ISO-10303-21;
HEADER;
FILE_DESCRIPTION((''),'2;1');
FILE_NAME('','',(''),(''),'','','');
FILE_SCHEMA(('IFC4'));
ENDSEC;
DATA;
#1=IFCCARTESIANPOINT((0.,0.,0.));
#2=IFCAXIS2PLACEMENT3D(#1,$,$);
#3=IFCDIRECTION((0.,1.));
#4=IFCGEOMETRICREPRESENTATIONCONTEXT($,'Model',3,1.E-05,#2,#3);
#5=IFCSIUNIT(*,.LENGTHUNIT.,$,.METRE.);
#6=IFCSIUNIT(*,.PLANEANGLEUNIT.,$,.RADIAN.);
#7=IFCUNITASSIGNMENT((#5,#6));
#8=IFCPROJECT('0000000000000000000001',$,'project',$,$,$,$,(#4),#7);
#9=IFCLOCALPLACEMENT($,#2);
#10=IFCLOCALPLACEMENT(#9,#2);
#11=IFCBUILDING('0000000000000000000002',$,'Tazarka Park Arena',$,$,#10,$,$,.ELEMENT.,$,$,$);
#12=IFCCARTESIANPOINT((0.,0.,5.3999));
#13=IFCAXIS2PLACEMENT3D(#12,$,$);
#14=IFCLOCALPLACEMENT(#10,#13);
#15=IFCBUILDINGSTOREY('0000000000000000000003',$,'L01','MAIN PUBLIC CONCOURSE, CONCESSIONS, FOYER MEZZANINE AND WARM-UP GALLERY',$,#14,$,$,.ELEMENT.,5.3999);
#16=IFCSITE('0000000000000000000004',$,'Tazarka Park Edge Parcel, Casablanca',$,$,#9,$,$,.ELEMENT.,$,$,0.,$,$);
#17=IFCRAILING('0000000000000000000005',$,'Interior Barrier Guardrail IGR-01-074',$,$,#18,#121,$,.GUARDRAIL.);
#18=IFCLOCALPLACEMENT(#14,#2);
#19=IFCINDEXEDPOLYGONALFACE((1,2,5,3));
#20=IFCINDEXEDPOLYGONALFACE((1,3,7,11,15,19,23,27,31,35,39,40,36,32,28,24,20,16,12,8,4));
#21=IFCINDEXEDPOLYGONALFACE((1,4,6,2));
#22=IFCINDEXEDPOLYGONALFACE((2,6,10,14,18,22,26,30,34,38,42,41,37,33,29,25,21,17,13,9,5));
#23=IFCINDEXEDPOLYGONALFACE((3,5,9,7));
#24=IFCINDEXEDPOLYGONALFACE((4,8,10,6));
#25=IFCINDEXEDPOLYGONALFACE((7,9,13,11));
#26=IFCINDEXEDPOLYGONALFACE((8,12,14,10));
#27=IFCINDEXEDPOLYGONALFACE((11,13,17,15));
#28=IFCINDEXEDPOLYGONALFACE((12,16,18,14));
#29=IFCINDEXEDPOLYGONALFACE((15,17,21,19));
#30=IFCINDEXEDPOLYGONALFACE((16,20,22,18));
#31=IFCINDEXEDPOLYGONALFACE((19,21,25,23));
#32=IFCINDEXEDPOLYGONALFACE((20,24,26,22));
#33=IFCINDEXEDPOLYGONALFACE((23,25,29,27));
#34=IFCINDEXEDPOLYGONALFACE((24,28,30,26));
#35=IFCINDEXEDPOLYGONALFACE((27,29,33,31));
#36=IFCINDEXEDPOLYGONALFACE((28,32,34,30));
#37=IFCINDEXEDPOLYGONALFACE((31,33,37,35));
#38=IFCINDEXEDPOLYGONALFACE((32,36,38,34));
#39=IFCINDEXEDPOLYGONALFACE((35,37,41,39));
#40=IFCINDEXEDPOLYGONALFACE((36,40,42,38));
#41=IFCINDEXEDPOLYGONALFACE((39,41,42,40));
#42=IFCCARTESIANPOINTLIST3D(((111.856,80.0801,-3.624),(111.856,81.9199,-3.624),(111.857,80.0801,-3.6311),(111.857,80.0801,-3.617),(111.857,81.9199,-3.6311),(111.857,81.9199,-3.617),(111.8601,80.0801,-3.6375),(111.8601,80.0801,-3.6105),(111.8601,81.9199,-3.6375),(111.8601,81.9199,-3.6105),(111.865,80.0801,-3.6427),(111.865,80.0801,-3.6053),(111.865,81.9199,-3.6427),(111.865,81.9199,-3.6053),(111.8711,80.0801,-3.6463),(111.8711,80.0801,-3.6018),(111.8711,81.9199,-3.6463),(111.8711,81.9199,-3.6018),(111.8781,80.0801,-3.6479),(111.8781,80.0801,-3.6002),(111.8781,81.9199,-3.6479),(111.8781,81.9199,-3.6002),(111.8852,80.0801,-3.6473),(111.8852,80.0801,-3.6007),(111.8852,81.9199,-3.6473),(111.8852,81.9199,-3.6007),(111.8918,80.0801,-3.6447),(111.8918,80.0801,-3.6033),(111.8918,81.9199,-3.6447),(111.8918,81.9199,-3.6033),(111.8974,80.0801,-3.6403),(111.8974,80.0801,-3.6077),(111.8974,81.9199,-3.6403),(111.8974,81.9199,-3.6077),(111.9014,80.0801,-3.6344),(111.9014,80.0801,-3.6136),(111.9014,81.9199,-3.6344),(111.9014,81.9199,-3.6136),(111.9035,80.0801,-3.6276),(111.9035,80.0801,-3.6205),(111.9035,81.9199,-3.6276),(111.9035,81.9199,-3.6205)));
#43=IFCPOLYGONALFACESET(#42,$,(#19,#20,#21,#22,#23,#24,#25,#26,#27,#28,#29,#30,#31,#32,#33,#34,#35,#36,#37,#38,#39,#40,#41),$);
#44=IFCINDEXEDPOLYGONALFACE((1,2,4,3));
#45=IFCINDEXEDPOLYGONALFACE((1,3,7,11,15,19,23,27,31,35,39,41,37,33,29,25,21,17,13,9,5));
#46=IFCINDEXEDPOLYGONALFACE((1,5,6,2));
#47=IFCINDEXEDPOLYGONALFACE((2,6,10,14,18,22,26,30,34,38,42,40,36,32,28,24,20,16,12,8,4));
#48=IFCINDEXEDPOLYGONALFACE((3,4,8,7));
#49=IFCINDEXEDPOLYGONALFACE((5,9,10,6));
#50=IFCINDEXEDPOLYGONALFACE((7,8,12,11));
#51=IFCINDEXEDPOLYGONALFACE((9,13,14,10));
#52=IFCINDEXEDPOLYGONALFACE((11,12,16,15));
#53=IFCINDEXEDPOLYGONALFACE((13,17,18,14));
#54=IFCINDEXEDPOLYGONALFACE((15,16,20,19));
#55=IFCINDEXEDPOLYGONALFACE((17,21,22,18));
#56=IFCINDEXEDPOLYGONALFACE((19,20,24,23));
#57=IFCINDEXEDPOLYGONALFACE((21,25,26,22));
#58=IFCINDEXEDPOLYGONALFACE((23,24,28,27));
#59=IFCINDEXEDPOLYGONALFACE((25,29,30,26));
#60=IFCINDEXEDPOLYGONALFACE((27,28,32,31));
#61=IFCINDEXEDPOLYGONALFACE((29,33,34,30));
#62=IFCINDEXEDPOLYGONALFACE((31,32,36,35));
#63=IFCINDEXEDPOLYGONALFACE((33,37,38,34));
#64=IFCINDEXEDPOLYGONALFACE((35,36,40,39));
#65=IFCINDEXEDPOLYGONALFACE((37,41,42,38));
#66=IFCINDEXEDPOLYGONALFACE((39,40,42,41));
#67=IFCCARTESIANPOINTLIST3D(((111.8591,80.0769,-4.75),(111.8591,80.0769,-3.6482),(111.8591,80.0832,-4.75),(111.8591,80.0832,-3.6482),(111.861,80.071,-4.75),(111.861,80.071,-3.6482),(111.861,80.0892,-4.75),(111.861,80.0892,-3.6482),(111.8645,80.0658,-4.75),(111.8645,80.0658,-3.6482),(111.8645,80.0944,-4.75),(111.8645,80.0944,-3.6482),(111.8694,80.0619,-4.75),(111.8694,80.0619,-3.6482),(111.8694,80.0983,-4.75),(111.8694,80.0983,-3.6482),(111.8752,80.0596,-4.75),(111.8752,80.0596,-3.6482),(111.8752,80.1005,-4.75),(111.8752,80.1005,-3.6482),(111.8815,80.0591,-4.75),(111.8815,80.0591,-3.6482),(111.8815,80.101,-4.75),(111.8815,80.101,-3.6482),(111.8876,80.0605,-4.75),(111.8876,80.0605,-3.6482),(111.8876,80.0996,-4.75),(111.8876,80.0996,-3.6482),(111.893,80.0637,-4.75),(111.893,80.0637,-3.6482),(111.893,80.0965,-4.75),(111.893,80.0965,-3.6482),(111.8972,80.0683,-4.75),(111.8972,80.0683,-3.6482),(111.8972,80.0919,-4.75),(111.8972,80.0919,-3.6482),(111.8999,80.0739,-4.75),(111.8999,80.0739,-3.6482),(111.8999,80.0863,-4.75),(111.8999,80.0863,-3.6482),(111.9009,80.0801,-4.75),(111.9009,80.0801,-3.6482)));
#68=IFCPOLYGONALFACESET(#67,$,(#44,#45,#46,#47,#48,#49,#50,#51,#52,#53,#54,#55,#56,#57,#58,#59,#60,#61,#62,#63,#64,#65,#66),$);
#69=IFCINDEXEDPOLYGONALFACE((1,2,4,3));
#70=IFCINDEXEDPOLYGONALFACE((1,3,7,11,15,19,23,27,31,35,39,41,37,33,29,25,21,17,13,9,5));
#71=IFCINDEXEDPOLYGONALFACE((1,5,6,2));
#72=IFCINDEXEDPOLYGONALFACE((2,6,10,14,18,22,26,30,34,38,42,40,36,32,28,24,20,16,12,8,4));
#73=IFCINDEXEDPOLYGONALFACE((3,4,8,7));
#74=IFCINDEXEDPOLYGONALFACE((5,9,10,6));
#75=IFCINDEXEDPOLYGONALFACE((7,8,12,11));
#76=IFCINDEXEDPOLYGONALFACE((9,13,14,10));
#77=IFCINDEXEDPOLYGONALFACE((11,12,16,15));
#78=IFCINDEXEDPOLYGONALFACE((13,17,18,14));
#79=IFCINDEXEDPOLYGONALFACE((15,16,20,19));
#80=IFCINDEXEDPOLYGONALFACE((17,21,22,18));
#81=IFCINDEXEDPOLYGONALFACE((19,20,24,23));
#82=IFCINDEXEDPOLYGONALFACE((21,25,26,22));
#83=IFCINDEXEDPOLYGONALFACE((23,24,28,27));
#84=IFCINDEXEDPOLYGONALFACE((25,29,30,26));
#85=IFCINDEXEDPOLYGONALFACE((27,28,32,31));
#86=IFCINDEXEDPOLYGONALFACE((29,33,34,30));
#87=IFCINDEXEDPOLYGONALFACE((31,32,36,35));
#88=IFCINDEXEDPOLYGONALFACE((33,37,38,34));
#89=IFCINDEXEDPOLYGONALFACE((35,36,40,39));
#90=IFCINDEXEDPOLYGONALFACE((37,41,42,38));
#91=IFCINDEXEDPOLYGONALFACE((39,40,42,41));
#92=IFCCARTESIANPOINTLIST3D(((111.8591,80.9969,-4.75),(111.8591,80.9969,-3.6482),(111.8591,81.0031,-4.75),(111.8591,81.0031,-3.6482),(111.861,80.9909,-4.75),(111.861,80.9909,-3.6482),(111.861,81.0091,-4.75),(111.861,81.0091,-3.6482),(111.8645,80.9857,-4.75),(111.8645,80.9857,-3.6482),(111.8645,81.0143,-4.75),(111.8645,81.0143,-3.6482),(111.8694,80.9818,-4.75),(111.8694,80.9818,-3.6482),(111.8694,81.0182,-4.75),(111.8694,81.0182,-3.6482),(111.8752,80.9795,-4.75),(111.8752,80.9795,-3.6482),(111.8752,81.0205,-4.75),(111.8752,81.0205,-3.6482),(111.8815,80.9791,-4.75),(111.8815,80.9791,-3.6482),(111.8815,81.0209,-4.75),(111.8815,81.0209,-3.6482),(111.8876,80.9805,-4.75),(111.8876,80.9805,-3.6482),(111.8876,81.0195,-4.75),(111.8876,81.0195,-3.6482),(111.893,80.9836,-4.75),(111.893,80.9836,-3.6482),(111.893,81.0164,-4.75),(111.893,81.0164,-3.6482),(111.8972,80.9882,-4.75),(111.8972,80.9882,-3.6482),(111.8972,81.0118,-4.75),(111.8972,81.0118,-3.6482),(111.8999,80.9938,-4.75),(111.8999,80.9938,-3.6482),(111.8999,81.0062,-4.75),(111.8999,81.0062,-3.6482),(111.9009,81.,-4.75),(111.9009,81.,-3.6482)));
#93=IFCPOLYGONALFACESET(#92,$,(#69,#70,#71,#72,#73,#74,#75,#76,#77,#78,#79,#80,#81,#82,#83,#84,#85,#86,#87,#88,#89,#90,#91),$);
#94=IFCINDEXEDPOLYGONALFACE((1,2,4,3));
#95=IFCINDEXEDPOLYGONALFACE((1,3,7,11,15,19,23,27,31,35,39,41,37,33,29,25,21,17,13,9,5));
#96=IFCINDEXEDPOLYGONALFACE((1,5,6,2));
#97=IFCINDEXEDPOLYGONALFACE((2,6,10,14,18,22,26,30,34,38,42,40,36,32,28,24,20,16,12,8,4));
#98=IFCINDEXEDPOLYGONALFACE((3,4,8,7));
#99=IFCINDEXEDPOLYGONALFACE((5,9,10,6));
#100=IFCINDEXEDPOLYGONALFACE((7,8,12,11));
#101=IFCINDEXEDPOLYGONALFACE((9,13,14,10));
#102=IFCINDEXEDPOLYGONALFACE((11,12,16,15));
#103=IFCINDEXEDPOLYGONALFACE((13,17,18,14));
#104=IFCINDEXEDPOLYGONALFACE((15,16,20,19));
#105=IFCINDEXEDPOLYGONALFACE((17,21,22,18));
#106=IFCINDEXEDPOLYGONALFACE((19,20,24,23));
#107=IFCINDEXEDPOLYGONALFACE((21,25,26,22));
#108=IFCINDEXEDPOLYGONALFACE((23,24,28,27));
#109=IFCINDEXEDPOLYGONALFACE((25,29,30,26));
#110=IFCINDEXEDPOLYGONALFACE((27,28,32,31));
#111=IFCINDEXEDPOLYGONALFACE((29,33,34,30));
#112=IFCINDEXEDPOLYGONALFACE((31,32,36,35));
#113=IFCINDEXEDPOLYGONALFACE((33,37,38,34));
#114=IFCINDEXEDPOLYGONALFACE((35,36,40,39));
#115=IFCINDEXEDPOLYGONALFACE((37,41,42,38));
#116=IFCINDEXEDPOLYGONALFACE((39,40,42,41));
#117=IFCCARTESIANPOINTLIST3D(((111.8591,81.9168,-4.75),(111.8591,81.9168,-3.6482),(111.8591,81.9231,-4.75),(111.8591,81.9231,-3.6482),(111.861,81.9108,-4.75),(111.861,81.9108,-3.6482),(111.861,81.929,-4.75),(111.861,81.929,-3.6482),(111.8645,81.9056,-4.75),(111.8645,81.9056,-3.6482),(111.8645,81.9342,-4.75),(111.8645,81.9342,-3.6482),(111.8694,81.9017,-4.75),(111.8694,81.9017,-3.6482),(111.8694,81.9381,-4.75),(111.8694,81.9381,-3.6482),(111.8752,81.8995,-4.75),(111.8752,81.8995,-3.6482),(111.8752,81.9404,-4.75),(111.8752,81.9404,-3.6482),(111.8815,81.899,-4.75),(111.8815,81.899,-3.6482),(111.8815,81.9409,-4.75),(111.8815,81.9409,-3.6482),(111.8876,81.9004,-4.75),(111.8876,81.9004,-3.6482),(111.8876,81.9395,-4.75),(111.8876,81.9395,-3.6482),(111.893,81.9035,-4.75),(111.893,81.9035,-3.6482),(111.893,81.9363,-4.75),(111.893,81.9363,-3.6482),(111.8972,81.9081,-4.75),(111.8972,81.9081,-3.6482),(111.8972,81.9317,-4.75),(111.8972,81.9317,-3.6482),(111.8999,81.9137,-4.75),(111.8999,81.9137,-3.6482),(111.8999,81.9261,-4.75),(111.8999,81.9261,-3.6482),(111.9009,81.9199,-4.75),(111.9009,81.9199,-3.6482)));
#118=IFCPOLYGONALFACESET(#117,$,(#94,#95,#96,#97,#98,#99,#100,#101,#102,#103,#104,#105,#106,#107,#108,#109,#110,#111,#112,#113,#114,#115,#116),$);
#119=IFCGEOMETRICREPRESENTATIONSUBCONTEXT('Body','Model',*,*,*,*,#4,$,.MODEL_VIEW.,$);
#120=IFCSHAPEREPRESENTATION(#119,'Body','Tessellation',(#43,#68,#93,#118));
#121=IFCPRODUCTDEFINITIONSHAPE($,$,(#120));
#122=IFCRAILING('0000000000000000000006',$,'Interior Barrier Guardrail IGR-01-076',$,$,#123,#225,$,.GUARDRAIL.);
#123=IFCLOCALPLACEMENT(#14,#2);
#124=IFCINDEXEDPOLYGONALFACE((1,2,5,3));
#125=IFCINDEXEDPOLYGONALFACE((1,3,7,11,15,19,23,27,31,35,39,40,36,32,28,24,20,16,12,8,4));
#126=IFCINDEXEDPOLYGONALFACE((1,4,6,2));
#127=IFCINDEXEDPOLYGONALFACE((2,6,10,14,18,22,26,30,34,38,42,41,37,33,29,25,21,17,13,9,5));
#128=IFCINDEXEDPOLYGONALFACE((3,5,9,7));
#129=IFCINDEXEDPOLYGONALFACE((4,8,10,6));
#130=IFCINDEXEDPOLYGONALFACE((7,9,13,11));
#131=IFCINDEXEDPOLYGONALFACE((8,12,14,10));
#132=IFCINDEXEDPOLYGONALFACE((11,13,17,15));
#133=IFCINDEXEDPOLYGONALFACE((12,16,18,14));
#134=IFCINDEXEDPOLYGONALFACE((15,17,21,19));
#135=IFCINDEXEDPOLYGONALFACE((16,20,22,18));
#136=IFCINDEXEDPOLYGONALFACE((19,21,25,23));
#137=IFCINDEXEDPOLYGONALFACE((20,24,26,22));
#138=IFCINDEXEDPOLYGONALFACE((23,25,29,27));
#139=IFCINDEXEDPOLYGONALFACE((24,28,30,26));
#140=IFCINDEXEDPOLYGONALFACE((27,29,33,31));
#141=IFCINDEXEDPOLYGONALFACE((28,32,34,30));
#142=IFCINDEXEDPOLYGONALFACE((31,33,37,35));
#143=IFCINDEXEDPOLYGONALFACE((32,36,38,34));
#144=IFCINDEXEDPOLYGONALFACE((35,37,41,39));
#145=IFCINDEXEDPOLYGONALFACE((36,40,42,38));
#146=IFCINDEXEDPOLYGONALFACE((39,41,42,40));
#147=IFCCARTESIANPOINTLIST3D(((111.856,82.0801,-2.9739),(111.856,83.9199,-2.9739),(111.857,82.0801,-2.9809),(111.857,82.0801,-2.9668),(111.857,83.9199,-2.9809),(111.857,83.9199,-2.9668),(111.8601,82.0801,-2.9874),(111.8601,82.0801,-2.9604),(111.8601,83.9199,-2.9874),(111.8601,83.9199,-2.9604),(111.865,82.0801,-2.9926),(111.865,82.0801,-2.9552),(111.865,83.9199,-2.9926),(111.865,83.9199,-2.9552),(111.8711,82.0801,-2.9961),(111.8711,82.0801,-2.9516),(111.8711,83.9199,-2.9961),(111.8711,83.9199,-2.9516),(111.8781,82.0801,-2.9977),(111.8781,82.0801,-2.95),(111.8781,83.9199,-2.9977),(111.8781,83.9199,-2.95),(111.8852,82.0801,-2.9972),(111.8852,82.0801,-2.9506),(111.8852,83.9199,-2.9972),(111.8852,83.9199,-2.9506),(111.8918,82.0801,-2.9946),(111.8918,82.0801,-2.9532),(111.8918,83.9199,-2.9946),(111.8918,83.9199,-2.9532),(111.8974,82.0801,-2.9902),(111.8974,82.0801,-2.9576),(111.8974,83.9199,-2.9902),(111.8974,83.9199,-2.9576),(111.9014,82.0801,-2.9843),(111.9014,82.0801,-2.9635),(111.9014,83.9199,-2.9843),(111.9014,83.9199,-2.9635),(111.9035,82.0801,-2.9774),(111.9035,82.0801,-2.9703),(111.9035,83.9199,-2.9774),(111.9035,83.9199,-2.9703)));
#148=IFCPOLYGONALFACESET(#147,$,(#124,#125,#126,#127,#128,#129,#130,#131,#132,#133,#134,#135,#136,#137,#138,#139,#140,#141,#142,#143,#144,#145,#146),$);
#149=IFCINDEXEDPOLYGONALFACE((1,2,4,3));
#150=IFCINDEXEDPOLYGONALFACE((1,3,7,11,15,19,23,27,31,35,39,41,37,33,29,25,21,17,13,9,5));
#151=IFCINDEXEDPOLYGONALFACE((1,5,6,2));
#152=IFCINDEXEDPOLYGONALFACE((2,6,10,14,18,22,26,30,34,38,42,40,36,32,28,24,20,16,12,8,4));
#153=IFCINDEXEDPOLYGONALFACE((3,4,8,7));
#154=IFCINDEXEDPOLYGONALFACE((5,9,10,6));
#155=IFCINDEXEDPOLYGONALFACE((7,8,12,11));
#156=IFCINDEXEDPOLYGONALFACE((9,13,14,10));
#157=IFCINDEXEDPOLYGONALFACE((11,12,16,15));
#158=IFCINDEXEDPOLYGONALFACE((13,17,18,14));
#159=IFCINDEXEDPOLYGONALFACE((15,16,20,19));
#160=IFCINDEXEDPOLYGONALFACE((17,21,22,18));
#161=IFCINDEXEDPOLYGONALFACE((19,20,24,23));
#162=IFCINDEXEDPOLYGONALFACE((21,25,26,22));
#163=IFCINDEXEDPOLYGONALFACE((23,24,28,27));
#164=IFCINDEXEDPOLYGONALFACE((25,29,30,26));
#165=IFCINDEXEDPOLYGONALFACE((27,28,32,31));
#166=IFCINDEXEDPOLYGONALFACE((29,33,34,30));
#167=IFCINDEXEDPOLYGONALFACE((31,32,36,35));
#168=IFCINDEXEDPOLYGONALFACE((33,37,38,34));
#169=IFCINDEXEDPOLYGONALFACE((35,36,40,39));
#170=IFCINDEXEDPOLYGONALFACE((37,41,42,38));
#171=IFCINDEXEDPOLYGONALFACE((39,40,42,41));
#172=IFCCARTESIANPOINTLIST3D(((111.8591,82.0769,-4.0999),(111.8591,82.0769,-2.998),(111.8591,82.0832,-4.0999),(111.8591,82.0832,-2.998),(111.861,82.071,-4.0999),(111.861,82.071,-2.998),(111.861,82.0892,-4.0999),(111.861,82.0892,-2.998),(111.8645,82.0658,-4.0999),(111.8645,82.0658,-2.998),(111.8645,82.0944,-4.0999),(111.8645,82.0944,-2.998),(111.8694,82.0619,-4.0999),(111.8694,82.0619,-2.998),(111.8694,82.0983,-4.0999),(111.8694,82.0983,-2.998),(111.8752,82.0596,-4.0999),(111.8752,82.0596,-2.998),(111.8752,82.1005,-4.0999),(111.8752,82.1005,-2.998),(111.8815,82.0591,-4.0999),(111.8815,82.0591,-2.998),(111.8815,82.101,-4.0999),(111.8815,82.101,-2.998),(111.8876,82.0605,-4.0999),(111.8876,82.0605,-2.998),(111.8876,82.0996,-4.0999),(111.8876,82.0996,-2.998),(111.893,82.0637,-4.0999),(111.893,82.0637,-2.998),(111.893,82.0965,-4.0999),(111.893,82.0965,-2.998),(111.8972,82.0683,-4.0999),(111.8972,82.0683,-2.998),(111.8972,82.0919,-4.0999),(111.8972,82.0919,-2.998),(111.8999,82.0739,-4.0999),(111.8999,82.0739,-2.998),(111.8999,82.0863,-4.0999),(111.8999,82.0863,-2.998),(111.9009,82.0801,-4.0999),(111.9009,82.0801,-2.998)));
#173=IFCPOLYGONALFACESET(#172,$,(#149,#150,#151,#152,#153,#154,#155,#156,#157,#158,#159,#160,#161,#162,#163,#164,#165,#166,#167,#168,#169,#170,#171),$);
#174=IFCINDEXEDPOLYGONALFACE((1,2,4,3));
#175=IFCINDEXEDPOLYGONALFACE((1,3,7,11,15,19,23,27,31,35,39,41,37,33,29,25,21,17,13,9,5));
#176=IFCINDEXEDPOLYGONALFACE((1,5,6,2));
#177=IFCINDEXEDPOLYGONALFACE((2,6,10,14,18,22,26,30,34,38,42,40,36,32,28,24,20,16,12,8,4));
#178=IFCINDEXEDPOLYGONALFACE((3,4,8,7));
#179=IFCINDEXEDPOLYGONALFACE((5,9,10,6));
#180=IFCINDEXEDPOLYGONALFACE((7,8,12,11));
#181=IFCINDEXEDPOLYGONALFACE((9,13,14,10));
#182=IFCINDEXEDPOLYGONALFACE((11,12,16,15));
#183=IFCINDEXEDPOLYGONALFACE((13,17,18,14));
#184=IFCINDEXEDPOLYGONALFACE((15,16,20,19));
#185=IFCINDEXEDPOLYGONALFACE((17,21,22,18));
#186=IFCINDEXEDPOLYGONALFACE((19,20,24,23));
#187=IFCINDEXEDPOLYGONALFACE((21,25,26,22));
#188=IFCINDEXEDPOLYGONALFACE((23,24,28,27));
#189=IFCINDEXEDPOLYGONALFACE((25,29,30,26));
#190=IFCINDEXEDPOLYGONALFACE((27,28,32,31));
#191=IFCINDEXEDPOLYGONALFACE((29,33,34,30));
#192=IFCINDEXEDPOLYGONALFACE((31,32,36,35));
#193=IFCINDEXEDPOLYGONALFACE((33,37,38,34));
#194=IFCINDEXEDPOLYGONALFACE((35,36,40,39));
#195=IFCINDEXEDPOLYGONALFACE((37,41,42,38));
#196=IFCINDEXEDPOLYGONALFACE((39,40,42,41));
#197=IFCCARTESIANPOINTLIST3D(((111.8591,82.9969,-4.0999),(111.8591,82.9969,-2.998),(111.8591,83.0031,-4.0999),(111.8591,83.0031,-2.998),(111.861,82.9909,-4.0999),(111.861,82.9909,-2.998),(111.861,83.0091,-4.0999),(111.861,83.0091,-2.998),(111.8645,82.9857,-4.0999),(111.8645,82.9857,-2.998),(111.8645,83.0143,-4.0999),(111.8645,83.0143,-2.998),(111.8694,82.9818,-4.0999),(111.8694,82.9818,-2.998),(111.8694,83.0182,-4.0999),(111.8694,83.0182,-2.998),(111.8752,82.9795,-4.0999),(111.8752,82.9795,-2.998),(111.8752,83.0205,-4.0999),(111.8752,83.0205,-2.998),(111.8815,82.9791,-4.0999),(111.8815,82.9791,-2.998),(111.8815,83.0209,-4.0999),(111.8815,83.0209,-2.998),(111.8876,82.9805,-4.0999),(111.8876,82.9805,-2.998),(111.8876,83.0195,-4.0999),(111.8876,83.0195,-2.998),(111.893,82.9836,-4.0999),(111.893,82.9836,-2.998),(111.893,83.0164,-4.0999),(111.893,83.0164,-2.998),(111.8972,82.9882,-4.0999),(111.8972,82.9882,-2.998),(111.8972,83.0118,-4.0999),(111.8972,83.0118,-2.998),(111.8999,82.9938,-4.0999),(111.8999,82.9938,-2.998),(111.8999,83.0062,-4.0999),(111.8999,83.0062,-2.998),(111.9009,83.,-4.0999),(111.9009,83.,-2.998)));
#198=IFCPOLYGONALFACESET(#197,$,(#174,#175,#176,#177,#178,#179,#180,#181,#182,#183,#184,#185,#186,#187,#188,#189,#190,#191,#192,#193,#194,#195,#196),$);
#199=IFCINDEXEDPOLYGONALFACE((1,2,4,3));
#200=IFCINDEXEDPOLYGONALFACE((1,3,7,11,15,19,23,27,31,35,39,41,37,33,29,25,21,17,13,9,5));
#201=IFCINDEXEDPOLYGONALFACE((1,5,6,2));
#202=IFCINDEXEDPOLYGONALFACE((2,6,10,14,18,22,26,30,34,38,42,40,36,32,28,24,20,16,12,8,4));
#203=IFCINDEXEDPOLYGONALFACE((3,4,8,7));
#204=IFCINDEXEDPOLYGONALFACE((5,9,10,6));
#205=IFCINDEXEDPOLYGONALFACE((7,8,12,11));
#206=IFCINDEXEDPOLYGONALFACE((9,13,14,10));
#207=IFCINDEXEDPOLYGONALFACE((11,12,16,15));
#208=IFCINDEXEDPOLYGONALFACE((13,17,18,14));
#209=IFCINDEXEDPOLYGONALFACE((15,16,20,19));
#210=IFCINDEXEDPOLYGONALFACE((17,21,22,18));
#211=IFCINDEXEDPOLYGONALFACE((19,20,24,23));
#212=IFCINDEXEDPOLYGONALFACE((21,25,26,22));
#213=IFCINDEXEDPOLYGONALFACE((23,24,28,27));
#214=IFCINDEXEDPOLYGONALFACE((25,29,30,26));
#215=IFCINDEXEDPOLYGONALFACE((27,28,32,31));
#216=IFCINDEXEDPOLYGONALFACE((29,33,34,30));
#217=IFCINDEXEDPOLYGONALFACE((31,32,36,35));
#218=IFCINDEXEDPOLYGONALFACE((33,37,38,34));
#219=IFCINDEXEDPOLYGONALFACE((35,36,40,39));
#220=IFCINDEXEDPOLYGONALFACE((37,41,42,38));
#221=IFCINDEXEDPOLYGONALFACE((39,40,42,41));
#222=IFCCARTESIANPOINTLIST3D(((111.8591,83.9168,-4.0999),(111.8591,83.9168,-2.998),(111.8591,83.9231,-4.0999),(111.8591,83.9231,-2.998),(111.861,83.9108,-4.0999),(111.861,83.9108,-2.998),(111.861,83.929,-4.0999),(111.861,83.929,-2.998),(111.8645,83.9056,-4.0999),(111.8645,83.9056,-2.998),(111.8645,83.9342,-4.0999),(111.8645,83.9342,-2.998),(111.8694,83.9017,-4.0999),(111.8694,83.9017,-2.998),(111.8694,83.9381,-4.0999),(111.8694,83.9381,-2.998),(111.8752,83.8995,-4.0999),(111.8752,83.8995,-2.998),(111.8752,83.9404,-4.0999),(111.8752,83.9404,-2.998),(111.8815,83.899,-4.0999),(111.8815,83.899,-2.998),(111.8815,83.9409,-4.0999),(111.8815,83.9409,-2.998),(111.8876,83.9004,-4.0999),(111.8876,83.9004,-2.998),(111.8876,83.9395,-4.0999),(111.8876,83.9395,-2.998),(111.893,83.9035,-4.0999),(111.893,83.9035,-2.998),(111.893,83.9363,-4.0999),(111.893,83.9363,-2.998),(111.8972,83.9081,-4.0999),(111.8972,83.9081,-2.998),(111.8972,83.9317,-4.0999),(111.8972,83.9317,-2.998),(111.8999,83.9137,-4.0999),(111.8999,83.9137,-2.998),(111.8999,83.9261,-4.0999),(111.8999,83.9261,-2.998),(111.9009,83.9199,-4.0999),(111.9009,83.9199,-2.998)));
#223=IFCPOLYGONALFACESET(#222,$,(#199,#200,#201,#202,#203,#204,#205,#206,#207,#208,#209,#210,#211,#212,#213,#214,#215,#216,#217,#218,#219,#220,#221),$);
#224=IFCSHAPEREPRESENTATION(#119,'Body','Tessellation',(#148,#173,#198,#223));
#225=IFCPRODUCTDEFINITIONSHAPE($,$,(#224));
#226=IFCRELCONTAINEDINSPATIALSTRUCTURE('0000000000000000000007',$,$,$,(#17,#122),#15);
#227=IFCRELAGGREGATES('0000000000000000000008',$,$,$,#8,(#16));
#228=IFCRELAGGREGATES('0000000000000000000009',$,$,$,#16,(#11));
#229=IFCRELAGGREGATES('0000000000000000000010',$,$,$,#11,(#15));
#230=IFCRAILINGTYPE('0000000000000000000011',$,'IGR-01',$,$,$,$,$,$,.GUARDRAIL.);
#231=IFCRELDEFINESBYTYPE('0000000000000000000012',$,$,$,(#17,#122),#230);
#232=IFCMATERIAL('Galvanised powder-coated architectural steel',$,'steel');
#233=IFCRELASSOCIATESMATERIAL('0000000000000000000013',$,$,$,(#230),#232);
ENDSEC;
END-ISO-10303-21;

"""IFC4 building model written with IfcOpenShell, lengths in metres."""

from ifc_helpers import new_model, si_unit, direction, frame, origin, origin_2d, place, context, subcontext, project, spatial, circle, extrude, material, type_object, element, save


model = new_model("IFC4")

# Units and contexts
model_context = context("Model", 3, precision=1e-05, world=origin(), true_north=direction((0.0, 1.0)))
body_context = subcontext(model_context, "Body", "Model", "MODEL_VIEW")
ifc_project = project(units=[si_unit("LENGTHUNIT", "METRE"), si_unit("PLANEANGLEUNIT", "RADIAN")], contexts=[model_context])

# Site, building, storey
site_placement = place(None, origin())
site = spatial("IfcSite", under=ifc_project, at=site_placement, Name="Tazarka Park Edge Parcel, Casablanca", CompositionType="ELEMENT", RefElevation=0.0)
building_placement = place(site_placement, origin())
building = spatial("IfcBuilding", under=site, at=building_placement, Name="Tazarka Park Arena", CompositionType="ELEMENT")
storey_placement = place(building_placement, frame((0.0, 0.0, 5.3999)))
storey = spatial("IfcBuildingStorey", under=building, at=storey_placement, Name="L01", Description="MAIN PUBLIC CONCOURSE, CONCESSIONS, FOYER MEZZANINE AND WARM-UP GALLERY", CompositionType="ELEMENT", Elevation=5.3999)

# Railings
ifc_material_1 = material(Name="Galvanised powder-coated architectural steel", Category="steel")
railing_type_1 = type_object("IfcRailingType", Name="IGR-01", PredefinedType="GUARDRAIL", material=ifc_material_1)
for number, where, name in (
    (1, (111.8799, 80.0801, -4.75), "Interior Barrier Guardrail IGR-01-074"),
    (2, (111.8799, 82.0801, -4.0999), "Interior Barrier Guardrail IGR-01-076"),
):
    element("IfcRailing", number, at=place(storey_placement, frame(where)), inside=storey, type_object=railing_type_1, Name=name, PredefinedType="GUARDRAIL", context=body_context, shape_type="SweptSolid", body=[
        extrude(circle(Radius=0.0239, at=origin_2d()), frame((0.0, 0.0, 1.126), z_axis=(0.0, 1.0, 0.0), x_axis=(-1.0, 0.0, 0.0)), (0.0, 0.0, 1.0), 1.8398),
        extrude(circle(Radius=0.021, at=origin_2d()), origin(), (0.0, 0.0, 1.0), 1.1018),
        extrude(circle(Radius=0.021, at=origin_2d()), frame((0.0, 0.9199, 0.0)), (0.0, 0.0, 1.0), 1.1018),
        extrude(circle(Radius=0.021, at=origin_2d()), frame((0.0, 1.8398, 0.0)), (0.0, 0.0, 1.0), 1.1018),
    ])

save(model, "model.ifc")
